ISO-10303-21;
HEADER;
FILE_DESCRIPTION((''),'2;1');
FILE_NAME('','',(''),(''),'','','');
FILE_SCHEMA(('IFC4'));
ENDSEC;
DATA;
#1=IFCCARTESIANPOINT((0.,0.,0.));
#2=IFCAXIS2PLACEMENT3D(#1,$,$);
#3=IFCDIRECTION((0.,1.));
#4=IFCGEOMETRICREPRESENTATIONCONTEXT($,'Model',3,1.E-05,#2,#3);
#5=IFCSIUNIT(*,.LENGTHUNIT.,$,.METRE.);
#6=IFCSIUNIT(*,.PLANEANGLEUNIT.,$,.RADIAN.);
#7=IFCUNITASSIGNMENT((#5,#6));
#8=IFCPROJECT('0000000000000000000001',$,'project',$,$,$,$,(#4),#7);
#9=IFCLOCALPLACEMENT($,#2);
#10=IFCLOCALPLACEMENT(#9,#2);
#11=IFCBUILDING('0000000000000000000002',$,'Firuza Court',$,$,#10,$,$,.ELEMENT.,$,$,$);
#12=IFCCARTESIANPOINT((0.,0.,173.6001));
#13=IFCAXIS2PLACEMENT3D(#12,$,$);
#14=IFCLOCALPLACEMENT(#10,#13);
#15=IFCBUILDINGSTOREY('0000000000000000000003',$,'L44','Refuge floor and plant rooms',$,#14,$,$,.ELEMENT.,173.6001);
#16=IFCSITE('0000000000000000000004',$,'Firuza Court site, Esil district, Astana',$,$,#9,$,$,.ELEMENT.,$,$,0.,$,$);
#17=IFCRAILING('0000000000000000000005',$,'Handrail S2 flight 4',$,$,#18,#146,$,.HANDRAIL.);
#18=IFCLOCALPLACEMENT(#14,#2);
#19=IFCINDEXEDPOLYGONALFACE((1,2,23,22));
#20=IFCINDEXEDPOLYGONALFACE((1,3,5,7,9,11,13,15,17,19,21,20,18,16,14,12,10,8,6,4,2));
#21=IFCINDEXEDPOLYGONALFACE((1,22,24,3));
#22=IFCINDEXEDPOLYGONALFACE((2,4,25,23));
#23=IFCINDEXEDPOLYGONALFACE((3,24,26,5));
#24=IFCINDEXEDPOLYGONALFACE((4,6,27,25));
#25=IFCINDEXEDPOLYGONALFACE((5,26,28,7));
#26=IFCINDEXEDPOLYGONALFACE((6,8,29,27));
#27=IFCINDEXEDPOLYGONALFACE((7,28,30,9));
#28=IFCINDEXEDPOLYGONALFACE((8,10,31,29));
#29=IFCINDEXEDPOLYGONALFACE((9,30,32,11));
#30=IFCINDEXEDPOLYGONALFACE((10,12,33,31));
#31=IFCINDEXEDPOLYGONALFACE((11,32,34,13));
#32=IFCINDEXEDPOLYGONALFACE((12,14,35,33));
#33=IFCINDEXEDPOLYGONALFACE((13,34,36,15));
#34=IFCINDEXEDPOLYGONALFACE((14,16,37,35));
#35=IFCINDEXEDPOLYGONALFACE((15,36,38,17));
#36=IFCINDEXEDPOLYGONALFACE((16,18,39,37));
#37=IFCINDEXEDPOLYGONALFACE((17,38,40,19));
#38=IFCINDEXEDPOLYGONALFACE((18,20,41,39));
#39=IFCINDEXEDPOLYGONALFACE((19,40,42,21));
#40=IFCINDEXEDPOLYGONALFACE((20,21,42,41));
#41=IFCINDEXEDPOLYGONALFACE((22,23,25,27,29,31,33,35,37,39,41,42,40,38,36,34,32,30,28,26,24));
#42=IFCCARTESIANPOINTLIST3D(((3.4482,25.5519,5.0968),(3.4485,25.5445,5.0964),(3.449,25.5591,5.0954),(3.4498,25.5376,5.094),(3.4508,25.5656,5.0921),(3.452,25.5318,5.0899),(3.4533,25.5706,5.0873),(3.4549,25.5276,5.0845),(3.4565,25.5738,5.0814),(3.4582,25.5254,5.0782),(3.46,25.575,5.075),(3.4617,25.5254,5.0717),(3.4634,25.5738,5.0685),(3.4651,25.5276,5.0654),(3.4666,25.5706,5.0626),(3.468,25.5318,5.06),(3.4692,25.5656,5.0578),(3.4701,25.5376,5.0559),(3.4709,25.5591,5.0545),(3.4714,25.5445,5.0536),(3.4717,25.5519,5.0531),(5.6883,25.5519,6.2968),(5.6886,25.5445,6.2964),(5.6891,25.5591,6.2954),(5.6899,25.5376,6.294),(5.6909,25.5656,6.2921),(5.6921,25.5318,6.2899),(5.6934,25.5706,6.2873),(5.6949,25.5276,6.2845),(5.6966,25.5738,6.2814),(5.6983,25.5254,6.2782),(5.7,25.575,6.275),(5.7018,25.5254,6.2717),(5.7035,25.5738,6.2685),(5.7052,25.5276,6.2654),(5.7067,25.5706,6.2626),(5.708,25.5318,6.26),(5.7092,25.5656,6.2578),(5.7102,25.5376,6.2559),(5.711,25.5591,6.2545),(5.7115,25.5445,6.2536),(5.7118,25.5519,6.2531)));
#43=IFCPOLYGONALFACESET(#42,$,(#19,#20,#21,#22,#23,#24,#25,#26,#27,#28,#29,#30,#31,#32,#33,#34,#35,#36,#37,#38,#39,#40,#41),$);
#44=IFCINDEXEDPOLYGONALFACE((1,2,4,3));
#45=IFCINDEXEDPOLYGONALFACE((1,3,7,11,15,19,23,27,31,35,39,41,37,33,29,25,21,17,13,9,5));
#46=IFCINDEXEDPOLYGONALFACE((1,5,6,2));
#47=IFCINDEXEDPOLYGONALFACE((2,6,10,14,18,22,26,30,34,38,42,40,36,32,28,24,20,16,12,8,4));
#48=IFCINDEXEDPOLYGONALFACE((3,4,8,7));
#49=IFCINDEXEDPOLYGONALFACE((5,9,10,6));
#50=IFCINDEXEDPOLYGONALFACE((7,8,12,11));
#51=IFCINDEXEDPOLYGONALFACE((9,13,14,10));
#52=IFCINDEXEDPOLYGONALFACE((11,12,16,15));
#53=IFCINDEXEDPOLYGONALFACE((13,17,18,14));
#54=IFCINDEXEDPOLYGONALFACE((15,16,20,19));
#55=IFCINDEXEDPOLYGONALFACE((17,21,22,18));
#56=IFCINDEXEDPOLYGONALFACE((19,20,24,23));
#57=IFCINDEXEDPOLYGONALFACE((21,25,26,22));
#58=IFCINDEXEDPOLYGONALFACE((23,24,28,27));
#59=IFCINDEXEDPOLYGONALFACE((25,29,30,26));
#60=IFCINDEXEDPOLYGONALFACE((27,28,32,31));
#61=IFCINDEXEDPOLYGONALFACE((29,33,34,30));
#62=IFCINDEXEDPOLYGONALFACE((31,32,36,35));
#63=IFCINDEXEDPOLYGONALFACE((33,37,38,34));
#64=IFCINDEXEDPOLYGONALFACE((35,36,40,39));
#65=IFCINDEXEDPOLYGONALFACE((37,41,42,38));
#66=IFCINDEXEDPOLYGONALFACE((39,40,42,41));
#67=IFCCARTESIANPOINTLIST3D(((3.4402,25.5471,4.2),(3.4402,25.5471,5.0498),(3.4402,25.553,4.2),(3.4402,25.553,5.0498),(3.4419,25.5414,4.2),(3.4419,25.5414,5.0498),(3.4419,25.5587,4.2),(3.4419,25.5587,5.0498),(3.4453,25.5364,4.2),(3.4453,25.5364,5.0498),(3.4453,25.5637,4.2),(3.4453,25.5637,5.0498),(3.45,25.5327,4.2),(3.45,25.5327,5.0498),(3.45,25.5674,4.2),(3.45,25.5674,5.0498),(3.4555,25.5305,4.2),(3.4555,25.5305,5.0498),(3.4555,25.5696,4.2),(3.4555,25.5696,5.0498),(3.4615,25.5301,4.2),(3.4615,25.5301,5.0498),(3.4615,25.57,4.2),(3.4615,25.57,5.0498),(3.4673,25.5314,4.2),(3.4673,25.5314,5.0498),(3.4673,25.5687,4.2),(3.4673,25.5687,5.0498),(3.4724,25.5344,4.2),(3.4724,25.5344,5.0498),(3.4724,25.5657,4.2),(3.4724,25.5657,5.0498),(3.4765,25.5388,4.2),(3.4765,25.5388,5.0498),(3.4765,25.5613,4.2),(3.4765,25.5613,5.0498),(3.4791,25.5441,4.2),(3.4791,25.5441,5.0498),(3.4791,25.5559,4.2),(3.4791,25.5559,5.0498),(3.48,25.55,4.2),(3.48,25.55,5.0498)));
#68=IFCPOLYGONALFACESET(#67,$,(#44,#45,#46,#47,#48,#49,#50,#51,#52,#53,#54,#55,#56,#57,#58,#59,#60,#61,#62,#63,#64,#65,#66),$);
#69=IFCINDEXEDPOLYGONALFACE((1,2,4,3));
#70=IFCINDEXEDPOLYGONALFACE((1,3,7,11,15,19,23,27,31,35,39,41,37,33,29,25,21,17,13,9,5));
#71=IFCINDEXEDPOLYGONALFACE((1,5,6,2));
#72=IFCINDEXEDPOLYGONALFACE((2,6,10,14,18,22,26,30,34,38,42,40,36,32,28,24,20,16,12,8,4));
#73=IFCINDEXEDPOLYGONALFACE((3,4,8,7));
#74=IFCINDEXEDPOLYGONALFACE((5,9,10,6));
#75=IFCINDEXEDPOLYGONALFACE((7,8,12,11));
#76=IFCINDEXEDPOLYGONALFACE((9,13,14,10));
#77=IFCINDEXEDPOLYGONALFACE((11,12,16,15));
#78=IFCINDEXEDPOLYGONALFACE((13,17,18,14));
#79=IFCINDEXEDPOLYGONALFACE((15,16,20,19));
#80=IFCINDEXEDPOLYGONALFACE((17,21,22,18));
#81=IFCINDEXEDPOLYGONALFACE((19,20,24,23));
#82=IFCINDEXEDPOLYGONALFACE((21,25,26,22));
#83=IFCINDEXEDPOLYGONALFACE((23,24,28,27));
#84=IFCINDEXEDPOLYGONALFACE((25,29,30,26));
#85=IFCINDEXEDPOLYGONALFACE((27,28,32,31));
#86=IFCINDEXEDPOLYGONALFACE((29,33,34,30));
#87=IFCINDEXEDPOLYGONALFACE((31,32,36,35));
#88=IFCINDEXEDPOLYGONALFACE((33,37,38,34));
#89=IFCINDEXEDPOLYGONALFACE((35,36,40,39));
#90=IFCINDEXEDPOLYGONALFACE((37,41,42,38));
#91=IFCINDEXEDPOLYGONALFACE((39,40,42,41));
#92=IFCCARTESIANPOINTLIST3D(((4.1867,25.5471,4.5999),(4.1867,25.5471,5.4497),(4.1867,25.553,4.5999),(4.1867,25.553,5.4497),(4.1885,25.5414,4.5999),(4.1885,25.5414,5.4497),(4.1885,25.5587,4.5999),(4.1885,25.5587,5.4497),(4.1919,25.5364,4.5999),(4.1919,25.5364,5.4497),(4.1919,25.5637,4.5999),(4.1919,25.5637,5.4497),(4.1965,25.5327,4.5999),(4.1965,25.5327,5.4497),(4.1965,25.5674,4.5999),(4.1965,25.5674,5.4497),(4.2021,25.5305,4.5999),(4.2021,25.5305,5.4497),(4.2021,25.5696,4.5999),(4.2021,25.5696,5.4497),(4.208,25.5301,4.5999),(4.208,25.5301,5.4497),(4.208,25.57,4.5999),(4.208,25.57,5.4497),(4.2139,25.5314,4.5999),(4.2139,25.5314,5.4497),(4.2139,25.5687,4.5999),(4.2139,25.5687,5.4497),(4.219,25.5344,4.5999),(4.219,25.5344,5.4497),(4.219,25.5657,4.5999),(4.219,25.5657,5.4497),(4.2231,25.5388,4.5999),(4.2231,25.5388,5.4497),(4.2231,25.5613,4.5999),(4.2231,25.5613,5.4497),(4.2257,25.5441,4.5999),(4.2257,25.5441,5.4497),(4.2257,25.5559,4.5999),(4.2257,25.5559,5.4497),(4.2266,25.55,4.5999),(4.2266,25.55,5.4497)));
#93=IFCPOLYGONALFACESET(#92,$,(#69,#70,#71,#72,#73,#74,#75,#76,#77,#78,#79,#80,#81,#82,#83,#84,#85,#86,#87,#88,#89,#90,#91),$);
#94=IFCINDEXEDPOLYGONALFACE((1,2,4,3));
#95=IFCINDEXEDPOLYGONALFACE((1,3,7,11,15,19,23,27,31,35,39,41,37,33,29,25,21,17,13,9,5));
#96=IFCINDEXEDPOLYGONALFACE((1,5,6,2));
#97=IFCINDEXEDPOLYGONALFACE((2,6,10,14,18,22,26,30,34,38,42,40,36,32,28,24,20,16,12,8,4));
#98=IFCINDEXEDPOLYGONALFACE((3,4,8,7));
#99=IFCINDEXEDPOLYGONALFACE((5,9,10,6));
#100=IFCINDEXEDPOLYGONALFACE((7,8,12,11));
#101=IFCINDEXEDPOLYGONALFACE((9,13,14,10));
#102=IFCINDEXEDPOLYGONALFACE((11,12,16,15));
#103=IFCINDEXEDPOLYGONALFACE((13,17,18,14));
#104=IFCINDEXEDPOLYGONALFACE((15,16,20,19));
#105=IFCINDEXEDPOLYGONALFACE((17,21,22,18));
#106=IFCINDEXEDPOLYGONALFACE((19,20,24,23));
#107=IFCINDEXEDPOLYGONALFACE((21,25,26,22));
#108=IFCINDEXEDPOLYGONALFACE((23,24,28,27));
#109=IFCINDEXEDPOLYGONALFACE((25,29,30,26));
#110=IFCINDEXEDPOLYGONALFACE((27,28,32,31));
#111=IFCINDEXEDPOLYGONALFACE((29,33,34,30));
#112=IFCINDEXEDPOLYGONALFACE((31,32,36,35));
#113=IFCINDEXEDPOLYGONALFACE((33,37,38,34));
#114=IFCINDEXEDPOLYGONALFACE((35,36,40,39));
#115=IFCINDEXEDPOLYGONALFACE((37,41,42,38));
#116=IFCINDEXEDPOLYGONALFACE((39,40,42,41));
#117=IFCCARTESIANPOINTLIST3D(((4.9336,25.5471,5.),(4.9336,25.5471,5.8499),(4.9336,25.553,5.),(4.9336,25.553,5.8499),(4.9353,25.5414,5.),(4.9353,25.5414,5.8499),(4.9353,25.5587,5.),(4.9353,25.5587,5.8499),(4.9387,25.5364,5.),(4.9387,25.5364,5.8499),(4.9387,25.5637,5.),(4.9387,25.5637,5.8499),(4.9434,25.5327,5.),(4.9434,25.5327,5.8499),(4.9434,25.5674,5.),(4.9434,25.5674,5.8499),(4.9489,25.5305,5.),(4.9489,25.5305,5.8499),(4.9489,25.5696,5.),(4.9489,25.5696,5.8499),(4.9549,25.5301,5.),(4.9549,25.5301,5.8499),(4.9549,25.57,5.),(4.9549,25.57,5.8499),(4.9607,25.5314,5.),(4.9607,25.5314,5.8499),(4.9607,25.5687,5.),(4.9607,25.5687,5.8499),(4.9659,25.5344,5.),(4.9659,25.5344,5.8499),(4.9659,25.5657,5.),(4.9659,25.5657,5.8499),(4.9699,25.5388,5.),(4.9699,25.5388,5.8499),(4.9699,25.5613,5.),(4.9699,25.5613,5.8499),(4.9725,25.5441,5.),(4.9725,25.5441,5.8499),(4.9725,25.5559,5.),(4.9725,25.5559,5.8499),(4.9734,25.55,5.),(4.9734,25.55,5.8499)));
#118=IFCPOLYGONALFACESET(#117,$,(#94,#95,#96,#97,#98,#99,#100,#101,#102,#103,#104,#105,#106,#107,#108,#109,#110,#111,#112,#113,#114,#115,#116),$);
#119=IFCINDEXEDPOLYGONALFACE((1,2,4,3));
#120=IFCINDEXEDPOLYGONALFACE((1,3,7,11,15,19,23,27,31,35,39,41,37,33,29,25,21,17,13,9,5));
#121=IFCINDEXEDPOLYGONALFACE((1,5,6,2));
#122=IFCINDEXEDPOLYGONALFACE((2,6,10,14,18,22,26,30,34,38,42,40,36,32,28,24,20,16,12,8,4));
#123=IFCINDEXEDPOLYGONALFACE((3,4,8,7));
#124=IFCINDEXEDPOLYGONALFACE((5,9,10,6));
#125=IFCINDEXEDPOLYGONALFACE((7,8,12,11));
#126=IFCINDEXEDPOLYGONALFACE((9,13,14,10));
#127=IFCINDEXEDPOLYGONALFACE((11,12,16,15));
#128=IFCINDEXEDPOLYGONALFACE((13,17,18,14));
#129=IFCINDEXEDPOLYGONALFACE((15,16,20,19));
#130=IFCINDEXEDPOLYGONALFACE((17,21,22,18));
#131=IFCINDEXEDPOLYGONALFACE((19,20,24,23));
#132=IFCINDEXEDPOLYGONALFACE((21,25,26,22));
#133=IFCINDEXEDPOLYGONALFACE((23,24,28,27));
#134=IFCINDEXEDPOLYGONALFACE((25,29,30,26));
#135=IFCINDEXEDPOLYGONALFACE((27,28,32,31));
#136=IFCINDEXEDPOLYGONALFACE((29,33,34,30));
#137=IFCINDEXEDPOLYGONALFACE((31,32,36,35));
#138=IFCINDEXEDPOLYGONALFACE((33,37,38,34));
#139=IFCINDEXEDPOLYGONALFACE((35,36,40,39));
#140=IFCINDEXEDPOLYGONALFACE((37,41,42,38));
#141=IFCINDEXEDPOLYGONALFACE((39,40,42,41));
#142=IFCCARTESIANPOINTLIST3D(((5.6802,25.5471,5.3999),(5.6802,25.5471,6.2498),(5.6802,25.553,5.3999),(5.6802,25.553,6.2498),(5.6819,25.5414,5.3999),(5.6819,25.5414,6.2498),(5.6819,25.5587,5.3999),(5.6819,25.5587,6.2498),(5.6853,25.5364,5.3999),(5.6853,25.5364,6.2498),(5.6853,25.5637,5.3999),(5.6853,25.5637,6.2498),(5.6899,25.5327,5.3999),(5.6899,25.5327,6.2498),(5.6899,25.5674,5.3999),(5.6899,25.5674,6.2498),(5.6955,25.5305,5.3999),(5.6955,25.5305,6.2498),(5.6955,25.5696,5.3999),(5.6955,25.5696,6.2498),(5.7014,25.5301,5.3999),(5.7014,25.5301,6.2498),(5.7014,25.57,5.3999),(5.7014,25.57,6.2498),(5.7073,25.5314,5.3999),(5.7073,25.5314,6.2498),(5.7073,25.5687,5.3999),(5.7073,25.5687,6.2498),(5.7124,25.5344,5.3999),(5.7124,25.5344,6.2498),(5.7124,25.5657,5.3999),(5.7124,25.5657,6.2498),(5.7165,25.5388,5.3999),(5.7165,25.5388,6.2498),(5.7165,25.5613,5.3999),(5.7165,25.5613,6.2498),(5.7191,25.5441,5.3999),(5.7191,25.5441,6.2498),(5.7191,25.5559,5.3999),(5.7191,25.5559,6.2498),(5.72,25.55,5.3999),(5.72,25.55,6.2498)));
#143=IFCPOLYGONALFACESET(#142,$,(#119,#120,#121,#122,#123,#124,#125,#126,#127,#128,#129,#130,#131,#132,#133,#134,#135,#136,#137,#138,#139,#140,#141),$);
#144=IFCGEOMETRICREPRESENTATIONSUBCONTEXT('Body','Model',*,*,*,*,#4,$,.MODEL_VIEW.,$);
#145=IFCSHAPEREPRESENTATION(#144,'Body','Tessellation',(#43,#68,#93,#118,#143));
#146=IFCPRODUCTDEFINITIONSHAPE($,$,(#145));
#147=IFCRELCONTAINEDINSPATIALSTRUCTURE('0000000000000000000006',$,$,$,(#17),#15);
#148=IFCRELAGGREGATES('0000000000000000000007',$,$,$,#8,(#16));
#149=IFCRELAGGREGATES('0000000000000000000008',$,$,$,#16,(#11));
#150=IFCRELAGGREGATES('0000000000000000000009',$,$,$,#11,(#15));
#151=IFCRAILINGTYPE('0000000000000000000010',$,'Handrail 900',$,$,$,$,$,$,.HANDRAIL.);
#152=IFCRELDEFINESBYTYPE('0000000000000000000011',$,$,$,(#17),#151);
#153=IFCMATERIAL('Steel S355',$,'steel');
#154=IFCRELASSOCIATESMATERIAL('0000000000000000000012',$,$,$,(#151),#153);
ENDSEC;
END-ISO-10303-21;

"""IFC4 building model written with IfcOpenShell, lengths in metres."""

from ifc_helpers import new_model, si_unit, direction, frame, origin, origin_2d, place, context, subcontext, project, spatial, circle, extrude, material, type_object, element, save


model = new_model("IFC4")

# Units and contexts
model_context = context("Model", 3, precision=1e-05, world=origin(), true_north=direction((0.0, 1.0)))
body_context = subcontext(model_context, "Body", "Model", "MODEL_VIEW")
ifc_project = project(units=[si_unit("LENGTHUNIT", "METRE"), si_unit("PLANEANGLEUNIT", "RADIAN")], contexts=[model_context])

# Site, building, storey
site_placement = place(None, origin())
site = spatial("IfcSite", under=ifc_project, at=site_placement, Name="Firuza Court site, Esil district, Astana", CompositionType="ELEMENT", RefElevation=0.0)
building_placement = place(site_placement, origin())
building = spatial("IfcBuilding", under=site, at=building_placement, Name="Firuza Court", CompositionType="ELEMENT")
storey_placement = place(building_placement, frame((0.0, 0.0, 173.6001)))
storey = spatial("IfcBuildingStorey", under=building, at=storey_placement, Name="L44", Description="Refuge floor and plant rooms", CompositionType="ELEMENT", Elevation=173.6001)

# Railing
ifc_material_1 = material(Name="Steel S355", Category="steel")
railing_type_1 = type_object("IfcRailingType", Name="Handrail 900", PredefinedType="HANDRAIL", material=ifc_material_1)
railing_1_placement = place(storey_placement, frame((3.46, 25.55, 4.2)))
element("IfcRailing", 1, at=railing_1_placement, inside=storey, type_object=railing_type_1, Name="Handrail S2 flight 4", PredefinedType="HANDRAIL", context=body_context, shape_type="SweptSolid", body=[
    extrude(circle(Radius=0.0249, at=origin_2d()), frame((0.0, 0.0, 0.875), z_axis=(0.881487, 0.0, 0.472208), x_axis=(0.0, 1.0, 0.0)), (0.0, 0.0, 1.0), 2.5413),
    extrude(circle(Radius=0.02, at=origin_2d()), origin(), (0.0, 0.0, 1.0), 0.8499),
    extrude(circle(Radius=0.02, at=origin_2d()), frame((0.7466, 0.0, 0.3999)), (0.0, 0.0, 1.0), 0.8499),
    extrude(circle(Radius=0.02, at=origin_2d()), frame((1.4934, 0.0, 0.8)), (0.0, 0.0, 1.0), 0.8499),
    extrude(circle(Radius=0.02, at=origin_2d()), frame((2.24, 0.0, 1.2)), (0.0, 0.0, 1.0), 0.8499),
])

save(model, "model.ifc")
